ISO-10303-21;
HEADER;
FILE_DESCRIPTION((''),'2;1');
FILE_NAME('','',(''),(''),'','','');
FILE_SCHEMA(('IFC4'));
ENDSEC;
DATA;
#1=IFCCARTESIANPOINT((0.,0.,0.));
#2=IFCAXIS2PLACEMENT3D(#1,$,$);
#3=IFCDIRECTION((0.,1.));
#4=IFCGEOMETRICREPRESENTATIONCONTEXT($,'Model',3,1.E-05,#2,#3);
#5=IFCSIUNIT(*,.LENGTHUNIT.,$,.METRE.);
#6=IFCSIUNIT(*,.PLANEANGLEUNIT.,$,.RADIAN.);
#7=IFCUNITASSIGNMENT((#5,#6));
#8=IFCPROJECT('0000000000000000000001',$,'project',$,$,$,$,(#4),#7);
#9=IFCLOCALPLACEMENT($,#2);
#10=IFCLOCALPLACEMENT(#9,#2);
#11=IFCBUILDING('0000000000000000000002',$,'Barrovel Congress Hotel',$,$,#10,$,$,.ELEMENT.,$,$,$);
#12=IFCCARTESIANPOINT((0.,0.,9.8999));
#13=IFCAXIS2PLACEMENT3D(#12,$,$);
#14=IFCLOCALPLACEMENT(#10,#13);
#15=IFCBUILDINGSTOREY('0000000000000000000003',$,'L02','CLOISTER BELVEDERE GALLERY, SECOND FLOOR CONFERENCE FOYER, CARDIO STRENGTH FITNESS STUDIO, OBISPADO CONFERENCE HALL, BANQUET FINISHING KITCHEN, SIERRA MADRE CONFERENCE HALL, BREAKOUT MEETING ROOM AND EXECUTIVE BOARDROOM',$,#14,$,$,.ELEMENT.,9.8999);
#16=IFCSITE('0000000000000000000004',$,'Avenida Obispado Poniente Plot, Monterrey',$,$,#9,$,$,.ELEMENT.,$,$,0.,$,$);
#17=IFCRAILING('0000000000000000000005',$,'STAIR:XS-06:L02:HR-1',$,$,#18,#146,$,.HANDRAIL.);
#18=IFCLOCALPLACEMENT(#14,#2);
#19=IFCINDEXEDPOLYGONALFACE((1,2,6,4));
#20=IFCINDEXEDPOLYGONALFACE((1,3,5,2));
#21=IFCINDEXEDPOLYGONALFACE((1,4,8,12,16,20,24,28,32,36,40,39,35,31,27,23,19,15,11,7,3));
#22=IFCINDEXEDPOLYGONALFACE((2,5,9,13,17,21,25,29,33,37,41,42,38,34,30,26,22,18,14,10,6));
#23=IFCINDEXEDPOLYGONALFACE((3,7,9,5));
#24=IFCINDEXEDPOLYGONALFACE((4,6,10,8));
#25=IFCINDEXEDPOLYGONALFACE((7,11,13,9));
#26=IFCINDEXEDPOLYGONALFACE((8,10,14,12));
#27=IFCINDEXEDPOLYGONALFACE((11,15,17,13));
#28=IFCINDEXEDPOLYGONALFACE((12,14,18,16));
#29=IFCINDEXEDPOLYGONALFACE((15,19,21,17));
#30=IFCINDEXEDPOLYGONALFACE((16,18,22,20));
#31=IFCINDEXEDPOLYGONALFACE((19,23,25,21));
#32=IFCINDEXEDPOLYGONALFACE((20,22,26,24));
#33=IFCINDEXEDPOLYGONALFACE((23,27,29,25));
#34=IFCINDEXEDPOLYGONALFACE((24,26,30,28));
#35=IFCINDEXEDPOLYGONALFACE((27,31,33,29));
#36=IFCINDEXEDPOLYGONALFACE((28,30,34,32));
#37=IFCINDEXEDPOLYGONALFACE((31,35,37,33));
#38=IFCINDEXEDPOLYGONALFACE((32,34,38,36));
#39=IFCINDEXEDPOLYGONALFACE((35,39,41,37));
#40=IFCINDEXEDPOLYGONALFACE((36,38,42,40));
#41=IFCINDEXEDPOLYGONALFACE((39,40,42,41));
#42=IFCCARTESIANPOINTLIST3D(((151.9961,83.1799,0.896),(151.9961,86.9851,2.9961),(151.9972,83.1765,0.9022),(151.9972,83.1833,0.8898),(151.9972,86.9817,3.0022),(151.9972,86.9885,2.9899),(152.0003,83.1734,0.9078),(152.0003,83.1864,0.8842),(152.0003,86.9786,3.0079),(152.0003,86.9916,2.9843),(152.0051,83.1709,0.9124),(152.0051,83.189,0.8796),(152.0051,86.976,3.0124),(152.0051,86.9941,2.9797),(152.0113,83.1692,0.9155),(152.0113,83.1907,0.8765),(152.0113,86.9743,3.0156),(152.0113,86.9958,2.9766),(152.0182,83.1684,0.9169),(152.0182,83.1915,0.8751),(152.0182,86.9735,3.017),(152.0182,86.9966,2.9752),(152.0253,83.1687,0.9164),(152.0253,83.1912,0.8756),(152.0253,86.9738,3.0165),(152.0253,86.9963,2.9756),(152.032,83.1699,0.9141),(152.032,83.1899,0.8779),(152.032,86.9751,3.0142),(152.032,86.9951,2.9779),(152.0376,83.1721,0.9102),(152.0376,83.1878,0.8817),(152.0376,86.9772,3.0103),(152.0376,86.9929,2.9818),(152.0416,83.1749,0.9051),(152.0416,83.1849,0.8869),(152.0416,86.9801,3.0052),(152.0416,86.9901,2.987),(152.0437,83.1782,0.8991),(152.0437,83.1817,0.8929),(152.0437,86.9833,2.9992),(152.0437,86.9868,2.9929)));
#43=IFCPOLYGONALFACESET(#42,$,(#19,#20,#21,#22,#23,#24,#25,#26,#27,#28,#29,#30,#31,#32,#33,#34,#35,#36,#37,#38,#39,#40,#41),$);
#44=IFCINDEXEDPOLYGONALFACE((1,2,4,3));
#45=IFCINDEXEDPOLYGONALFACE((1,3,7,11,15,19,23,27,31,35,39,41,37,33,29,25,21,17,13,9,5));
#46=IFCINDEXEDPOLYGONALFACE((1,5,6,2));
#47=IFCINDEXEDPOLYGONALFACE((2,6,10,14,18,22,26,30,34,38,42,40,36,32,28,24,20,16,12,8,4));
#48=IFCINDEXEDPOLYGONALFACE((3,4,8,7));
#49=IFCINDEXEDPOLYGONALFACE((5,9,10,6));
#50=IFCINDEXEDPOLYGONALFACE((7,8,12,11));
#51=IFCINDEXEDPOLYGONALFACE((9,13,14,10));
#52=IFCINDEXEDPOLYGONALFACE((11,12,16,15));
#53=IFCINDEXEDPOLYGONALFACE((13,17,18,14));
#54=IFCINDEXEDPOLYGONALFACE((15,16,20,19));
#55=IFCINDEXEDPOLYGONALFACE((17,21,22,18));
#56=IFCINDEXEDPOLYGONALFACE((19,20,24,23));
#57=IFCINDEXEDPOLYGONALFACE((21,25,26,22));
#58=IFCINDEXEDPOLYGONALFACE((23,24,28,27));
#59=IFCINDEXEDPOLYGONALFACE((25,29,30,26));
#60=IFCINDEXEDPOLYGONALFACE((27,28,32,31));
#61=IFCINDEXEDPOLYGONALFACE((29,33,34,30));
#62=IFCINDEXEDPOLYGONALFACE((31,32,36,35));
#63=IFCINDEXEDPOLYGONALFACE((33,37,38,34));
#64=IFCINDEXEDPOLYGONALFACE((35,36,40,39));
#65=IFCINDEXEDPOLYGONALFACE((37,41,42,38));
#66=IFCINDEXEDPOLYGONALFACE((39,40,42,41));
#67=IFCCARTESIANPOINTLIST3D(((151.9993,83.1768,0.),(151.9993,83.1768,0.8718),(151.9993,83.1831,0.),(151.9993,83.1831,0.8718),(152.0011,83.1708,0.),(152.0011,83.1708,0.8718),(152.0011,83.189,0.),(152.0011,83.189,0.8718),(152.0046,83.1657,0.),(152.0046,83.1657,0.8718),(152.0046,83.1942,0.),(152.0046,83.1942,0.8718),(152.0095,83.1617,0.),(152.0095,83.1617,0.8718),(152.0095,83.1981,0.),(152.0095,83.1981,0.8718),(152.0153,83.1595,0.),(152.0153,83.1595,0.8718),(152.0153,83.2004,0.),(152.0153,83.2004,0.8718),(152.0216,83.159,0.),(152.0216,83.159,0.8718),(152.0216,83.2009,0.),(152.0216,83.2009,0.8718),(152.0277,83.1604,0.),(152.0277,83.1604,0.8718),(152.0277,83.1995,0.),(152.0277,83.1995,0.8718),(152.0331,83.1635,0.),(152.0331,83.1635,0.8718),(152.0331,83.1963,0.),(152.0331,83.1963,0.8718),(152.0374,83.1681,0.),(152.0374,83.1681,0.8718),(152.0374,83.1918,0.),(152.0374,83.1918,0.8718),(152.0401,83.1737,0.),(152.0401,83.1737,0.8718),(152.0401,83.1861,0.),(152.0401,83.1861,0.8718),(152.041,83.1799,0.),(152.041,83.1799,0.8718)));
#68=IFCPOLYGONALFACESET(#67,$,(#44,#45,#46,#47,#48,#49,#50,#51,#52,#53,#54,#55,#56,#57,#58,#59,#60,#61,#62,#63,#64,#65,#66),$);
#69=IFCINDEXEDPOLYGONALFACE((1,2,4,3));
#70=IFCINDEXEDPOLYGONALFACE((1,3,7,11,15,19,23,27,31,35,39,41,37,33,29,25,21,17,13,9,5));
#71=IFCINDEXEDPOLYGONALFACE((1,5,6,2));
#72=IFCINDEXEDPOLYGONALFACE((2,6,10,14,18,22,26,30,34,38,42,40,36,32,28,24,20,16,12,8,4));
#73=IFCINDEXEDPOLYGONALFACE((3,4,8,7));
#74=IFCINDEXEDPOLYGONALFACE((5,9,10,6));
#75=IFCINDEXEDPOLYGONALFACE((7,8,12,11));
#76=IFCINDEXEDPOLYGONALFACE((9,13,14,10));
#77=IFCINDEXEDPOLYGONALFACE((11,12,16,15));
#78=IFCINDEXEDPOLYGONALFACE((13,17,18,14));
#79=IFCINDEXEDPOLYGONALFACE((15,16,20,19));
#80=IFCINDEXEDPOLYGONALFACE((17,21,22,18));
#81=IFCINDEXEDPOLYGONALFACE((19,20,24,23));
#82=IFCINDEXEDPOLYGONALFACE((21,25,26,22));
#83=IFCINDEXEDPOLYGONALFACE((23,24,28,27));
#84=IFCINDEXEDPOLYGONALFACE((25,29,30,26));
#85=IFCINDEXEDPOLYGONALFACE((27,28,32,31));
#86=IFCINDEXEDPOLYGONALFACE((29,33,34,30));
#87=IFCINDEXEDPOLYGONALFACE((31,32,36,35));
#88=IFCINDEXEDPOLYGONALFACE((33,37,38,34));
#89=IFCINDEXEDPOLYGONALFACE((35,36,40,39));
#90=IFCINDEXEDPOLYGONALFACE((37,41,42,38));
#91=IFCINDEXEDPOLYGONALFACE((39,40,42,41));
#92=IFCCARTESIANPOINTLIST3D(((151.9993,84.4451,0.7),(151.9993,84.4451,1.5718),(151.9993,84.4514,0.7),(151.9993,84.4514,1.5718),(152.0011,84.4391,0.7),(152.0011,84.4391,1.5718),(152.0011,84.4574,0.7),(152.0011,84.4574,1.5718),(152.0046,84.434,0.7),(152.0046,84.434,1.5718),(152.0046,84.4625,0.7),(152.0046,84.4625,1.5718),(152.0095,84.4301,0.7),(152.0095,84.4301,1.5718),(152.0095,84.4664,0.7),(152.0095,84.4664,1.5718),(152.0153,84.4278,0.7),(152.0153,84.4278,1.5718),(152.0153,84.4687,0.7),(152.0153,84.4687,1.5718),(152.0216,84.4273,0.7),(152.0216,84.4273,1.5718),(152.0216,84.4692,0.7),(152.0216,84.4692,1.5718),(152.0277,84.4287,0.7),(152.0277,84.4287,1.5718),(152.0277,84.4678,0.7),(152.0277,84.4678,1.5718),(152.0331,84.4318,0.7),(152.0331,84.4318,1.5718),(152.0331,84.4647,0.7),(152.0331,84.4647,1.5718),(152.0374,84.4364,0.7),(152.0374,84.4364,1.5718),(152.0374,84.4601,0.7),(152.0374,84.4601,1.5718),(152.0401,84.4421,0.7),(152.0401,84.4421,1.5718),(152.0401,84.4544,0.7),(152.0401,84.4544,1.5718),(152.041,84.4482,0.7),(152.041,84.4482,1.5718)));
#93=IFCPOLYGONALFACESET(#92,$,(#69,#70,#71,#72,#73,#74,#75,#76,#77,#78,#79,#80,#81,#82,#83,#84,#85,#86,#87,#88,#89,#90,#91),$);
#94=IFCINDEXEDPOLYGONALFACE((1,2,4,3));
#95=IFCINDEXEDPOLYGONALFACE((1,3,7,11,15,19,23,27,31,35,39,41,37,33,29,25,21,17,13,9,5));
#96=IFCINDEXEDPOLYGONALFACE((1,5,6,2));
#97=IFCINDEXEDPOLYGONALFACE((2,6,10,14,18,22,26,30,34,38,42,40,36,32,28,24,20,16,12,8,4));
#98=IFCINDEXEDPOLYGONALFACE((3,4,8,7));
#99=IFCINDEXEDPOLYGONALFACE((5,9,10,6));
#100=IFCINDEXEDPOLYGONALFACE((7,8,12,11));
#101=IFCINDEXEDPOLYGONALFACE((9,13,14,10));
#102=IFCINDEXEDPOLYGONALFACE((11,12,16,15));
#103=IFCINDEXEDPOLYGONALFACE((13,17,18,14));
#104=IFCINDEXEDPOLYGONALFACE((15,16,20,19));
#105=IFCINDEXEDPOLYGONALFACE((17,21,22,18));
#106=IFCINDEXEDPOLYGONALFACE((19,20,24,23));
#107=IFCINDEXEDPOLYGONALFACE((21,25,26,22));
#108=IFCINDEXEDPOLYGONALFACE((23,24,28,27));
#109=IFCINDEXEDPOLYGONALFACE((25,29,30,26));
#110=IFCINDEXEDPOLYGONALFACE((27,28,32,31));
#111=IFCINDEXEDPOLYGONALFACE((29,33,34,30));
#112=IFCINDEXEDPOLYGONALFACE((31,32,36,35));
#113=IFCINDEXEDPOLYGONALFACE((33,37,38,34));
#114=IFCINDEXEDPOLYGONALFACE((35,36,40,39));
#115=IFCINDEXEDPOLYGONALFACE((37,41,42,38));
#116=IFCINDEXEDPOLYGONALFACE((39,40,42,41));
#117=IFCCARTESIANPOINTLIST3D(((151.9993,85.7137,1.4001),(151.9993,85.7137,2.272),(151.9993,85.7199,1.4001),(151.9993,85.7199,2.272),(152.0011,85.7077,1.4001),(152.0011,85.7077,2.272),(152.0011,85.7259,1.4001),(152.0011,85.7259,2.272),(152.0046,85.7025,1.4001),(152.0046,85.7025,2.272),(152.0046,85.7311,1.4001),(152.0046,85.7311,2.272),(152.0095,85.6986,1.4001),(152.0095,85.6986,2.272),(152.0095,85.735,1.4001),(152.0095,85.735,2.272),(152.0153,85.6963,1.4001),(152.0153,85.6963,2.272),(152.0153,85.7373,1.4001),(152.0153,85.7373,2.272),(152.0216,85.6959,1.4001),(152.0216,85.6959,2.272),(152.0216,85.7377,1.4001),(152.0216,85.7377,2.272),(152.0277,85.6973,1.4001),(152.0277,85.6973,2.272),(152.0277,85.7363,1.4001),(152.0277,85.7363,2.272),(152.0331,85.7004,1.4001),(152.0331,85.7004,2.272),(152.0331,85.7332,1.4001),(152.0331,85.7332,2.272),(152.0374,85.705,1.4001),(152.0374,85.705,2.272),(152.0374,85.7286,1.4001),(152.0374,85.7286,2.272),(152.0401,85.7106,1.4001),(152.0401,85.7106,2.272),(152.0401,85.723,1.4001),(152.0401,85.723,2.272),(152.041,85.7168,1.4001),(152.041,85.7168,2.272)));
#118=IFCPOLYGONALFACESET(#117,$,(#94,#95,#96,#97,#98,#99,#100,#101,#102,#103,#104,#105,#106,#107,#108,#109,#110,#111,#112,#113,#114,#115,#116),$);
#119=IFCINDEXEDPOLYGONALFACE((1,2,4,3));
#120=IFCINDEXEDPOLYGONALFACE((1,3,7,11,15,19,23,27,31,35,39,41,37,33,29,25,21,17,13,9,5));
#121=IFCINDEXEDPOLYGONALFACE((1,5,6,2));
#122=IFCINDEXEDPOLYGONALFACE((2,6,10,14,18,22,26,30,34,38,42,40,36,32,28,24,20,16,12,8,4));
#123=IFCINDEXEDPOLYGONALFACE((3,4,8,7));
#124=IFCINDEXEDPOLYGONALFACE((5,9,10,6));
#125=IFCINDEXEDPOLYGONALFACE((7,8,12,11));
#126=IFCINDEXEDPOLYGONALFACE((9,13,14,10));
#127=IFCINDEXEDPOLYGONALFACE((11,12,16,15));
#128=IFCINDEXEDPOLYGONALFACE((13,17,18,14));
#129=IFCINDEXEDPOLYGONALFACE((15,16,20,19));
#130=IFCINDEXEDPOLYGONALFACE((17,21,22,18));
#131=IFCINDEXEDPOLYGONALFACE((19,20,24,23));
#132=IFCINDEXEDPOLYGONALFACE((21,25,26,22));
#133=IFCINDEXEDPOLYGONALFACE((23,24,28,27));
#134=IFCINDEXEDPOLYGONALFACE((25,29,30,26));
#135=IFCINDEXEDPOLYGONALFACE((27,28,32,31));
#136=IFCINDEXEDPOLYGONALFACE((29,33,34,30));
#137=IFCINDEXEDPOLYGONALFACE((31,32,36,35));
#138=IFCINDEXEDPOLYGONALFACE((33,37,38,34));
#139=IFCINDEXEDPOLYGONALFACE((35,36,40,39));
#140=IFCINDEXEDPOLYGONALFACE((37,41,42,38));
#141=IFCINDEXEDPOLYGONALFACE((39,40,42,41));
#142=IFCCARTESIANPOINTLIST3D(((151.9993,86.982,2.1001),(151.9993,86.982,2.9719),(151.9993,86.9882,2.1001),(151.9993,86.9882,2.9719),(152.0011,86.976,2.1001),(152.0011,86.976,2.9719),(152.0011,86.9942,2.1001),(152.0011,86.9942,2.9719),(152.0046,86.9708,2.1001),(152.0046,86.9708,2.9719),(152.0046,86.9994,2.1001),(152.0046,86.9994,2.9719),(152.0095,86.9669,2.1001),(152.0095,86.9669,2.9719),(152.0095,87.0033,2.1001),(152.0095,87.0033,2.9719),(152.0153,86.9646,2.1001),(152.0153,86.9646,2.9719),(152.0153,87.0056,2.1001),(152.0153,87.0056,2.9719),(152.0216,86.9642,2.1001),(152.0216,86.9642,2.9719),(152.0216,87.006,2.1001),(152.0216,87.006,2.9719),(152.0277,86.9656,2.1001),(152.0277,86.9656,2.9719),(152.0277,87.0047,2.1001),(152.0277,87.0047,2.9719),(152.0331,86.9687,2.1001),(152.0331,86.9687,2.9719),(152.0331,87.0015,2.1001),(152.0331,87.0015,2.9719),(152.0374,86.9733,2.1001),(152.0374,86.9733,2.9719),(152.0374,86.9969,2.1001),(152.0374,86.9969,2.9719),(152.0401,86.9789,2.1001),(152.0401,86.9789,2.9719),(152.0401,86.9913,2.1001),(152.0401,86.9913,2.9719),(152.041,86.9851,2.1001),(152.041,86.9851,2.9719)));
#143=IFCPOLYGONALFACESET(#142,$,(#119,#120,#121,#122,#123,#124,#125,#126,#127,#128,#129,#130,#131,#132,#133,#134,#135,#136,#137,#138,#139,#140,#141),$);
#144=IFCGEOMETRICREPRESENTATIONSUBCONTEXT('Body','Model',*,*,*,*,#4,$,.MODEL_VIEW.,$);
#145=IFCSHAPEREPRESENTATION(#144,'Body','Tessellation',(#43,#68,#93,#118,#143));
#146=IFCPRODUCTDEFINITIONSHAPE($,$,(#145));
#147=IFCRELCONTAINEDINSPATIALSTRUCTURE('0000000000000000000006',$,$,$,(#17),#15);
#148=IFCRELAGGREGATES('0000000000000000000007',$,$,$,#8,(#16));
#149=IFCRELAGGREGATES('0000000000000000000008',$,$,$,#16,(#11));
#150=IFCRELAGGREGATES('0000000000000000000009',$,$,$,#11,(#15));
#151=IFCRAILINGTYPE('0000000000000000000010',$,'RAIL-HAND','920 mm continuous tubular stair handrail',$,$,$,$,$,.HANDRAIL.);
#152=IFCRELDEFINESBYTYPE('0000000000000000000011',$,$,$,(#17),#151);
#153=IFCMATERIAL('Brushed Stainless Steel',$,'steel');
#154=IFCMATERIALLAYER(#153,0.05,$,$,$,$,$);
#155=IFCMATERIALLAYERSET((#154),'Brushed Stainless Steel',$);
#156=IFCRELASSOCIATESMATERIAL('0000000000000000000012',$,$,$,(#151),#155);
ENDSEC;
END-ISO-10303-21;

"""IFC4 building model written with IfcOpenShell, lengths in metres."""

from ifc_helpers import new_model, si_unit, direction, frame, origin, origin_2d, place, context, subcontext, project, spatial, circle, extrude, material, layer, layer_set, type_object, element, save


model = new_model("IFC4")

# Units and contexts
model_context = context("Model", 3, precision=1e-05, world=origin(), true_north=direction((0.0, 1.0)))
body_context = subcontext(model_context, "Body", "Model", "MODEL_VIEW")
ifc_project = project(units=[si_unit("LENGTHUNIT", "METRE"), si_unit("PLANEANGLEUNIT", "RADIAN")], contexts=[model_context])

# Site, building, storey
site_placement = place(None, origin())
site = spatial("IfcSite", under=ifc_project, at=site_placement, Name="Avenida Obispado Poniente Plot, Monterrey", CompositionType="ELEMENT", RefElevation=0.0)
building_placement = place(site_placement, origin())
building = spatial("IfcBuilding", under=site, at=building_placement, Name="Barrovel Congress Hotel", CompositionType="ELEMENT")
storey_placement = place(building_placement, frame((0.0, 0.0, 9.8999)))
storey = spatial("IfcBuildingStorey", under=building, at=storey_placement, Name="L02", Description="CLOISTER BELVEDERE GALLERY, SECOND FLOOR CONFERENCE FOYER, CARDIO STRENGTH FITNESS STUDIO, OBISPADO CONFERENCE HALL, BANQUET FINISHING KITCHEN, SIERRA MADRE CONFERENCE HALL, BREAKOUT MEETING ROOM AND EXECUTIVE BOARDROOM", CompositionType="ELEMENT", Elevation=9.8999)

# Railing
ifc_material_1 = material(Name="Brushed Stainless Steel", Category="steel")
ifc_layer_1 = layer(ifc_material_1, 0.05)
ifc_layer_set_1 = layer_set([ifc_layer_1], Name="Brushed Stainless Steel")
railing_type_1 = type_object("IfcRailingType", Name="RAIL-HAND", Description="920 mm continuous tubular stair handrail", PredefinedType="HANDRAIL", material=ifc_layer_set_1)
railing_1_placement = place(storey_placement, frame((152.02, 83.1799, 0.0)))
element("IfcRailing", 1, at=railing_1_placement, inside=storey, type_object=railing_type_1, Name="STAIR:XS-06:L02:HR-1", PredefinedType="HANDRAIL", context=body_context, shape_type="SweptSolid", body=[
    extrude(circle(Radius=0.0239, at=origin_2d()), frame((0.0, 0.0, 0.896), z_axis=(0.0, 0.87551, 0.483199), x_axis=(-1.0, 0.0, 0.0)), (0.0, 0.0, 1.0), 4.3462),
    extrude(circle(Radius=0.021, at=origin_2d()), origin(), (0.0, 0.0, 1.0), 0.8718),
    extrude(circle(Radius=0.021, at=origin_2d()), frame((0.0, 1.2683, 0.7)), (0.0, 0.0, 1.0), 0.8718),
    extrude(circle(Radius=0.021, at=origin_2d()), frame((0.0, 2.5369, 1.4001)), (0.0, 0.0, 1.0), 0.8718),
    extrude(circle(Radius=0.021, at=origin_2d()), frame((0.0, 3.8052, 2.1001)), (0.0, 0.0, 1.0), 0.8718),
])

save(model, "model.ifc")
